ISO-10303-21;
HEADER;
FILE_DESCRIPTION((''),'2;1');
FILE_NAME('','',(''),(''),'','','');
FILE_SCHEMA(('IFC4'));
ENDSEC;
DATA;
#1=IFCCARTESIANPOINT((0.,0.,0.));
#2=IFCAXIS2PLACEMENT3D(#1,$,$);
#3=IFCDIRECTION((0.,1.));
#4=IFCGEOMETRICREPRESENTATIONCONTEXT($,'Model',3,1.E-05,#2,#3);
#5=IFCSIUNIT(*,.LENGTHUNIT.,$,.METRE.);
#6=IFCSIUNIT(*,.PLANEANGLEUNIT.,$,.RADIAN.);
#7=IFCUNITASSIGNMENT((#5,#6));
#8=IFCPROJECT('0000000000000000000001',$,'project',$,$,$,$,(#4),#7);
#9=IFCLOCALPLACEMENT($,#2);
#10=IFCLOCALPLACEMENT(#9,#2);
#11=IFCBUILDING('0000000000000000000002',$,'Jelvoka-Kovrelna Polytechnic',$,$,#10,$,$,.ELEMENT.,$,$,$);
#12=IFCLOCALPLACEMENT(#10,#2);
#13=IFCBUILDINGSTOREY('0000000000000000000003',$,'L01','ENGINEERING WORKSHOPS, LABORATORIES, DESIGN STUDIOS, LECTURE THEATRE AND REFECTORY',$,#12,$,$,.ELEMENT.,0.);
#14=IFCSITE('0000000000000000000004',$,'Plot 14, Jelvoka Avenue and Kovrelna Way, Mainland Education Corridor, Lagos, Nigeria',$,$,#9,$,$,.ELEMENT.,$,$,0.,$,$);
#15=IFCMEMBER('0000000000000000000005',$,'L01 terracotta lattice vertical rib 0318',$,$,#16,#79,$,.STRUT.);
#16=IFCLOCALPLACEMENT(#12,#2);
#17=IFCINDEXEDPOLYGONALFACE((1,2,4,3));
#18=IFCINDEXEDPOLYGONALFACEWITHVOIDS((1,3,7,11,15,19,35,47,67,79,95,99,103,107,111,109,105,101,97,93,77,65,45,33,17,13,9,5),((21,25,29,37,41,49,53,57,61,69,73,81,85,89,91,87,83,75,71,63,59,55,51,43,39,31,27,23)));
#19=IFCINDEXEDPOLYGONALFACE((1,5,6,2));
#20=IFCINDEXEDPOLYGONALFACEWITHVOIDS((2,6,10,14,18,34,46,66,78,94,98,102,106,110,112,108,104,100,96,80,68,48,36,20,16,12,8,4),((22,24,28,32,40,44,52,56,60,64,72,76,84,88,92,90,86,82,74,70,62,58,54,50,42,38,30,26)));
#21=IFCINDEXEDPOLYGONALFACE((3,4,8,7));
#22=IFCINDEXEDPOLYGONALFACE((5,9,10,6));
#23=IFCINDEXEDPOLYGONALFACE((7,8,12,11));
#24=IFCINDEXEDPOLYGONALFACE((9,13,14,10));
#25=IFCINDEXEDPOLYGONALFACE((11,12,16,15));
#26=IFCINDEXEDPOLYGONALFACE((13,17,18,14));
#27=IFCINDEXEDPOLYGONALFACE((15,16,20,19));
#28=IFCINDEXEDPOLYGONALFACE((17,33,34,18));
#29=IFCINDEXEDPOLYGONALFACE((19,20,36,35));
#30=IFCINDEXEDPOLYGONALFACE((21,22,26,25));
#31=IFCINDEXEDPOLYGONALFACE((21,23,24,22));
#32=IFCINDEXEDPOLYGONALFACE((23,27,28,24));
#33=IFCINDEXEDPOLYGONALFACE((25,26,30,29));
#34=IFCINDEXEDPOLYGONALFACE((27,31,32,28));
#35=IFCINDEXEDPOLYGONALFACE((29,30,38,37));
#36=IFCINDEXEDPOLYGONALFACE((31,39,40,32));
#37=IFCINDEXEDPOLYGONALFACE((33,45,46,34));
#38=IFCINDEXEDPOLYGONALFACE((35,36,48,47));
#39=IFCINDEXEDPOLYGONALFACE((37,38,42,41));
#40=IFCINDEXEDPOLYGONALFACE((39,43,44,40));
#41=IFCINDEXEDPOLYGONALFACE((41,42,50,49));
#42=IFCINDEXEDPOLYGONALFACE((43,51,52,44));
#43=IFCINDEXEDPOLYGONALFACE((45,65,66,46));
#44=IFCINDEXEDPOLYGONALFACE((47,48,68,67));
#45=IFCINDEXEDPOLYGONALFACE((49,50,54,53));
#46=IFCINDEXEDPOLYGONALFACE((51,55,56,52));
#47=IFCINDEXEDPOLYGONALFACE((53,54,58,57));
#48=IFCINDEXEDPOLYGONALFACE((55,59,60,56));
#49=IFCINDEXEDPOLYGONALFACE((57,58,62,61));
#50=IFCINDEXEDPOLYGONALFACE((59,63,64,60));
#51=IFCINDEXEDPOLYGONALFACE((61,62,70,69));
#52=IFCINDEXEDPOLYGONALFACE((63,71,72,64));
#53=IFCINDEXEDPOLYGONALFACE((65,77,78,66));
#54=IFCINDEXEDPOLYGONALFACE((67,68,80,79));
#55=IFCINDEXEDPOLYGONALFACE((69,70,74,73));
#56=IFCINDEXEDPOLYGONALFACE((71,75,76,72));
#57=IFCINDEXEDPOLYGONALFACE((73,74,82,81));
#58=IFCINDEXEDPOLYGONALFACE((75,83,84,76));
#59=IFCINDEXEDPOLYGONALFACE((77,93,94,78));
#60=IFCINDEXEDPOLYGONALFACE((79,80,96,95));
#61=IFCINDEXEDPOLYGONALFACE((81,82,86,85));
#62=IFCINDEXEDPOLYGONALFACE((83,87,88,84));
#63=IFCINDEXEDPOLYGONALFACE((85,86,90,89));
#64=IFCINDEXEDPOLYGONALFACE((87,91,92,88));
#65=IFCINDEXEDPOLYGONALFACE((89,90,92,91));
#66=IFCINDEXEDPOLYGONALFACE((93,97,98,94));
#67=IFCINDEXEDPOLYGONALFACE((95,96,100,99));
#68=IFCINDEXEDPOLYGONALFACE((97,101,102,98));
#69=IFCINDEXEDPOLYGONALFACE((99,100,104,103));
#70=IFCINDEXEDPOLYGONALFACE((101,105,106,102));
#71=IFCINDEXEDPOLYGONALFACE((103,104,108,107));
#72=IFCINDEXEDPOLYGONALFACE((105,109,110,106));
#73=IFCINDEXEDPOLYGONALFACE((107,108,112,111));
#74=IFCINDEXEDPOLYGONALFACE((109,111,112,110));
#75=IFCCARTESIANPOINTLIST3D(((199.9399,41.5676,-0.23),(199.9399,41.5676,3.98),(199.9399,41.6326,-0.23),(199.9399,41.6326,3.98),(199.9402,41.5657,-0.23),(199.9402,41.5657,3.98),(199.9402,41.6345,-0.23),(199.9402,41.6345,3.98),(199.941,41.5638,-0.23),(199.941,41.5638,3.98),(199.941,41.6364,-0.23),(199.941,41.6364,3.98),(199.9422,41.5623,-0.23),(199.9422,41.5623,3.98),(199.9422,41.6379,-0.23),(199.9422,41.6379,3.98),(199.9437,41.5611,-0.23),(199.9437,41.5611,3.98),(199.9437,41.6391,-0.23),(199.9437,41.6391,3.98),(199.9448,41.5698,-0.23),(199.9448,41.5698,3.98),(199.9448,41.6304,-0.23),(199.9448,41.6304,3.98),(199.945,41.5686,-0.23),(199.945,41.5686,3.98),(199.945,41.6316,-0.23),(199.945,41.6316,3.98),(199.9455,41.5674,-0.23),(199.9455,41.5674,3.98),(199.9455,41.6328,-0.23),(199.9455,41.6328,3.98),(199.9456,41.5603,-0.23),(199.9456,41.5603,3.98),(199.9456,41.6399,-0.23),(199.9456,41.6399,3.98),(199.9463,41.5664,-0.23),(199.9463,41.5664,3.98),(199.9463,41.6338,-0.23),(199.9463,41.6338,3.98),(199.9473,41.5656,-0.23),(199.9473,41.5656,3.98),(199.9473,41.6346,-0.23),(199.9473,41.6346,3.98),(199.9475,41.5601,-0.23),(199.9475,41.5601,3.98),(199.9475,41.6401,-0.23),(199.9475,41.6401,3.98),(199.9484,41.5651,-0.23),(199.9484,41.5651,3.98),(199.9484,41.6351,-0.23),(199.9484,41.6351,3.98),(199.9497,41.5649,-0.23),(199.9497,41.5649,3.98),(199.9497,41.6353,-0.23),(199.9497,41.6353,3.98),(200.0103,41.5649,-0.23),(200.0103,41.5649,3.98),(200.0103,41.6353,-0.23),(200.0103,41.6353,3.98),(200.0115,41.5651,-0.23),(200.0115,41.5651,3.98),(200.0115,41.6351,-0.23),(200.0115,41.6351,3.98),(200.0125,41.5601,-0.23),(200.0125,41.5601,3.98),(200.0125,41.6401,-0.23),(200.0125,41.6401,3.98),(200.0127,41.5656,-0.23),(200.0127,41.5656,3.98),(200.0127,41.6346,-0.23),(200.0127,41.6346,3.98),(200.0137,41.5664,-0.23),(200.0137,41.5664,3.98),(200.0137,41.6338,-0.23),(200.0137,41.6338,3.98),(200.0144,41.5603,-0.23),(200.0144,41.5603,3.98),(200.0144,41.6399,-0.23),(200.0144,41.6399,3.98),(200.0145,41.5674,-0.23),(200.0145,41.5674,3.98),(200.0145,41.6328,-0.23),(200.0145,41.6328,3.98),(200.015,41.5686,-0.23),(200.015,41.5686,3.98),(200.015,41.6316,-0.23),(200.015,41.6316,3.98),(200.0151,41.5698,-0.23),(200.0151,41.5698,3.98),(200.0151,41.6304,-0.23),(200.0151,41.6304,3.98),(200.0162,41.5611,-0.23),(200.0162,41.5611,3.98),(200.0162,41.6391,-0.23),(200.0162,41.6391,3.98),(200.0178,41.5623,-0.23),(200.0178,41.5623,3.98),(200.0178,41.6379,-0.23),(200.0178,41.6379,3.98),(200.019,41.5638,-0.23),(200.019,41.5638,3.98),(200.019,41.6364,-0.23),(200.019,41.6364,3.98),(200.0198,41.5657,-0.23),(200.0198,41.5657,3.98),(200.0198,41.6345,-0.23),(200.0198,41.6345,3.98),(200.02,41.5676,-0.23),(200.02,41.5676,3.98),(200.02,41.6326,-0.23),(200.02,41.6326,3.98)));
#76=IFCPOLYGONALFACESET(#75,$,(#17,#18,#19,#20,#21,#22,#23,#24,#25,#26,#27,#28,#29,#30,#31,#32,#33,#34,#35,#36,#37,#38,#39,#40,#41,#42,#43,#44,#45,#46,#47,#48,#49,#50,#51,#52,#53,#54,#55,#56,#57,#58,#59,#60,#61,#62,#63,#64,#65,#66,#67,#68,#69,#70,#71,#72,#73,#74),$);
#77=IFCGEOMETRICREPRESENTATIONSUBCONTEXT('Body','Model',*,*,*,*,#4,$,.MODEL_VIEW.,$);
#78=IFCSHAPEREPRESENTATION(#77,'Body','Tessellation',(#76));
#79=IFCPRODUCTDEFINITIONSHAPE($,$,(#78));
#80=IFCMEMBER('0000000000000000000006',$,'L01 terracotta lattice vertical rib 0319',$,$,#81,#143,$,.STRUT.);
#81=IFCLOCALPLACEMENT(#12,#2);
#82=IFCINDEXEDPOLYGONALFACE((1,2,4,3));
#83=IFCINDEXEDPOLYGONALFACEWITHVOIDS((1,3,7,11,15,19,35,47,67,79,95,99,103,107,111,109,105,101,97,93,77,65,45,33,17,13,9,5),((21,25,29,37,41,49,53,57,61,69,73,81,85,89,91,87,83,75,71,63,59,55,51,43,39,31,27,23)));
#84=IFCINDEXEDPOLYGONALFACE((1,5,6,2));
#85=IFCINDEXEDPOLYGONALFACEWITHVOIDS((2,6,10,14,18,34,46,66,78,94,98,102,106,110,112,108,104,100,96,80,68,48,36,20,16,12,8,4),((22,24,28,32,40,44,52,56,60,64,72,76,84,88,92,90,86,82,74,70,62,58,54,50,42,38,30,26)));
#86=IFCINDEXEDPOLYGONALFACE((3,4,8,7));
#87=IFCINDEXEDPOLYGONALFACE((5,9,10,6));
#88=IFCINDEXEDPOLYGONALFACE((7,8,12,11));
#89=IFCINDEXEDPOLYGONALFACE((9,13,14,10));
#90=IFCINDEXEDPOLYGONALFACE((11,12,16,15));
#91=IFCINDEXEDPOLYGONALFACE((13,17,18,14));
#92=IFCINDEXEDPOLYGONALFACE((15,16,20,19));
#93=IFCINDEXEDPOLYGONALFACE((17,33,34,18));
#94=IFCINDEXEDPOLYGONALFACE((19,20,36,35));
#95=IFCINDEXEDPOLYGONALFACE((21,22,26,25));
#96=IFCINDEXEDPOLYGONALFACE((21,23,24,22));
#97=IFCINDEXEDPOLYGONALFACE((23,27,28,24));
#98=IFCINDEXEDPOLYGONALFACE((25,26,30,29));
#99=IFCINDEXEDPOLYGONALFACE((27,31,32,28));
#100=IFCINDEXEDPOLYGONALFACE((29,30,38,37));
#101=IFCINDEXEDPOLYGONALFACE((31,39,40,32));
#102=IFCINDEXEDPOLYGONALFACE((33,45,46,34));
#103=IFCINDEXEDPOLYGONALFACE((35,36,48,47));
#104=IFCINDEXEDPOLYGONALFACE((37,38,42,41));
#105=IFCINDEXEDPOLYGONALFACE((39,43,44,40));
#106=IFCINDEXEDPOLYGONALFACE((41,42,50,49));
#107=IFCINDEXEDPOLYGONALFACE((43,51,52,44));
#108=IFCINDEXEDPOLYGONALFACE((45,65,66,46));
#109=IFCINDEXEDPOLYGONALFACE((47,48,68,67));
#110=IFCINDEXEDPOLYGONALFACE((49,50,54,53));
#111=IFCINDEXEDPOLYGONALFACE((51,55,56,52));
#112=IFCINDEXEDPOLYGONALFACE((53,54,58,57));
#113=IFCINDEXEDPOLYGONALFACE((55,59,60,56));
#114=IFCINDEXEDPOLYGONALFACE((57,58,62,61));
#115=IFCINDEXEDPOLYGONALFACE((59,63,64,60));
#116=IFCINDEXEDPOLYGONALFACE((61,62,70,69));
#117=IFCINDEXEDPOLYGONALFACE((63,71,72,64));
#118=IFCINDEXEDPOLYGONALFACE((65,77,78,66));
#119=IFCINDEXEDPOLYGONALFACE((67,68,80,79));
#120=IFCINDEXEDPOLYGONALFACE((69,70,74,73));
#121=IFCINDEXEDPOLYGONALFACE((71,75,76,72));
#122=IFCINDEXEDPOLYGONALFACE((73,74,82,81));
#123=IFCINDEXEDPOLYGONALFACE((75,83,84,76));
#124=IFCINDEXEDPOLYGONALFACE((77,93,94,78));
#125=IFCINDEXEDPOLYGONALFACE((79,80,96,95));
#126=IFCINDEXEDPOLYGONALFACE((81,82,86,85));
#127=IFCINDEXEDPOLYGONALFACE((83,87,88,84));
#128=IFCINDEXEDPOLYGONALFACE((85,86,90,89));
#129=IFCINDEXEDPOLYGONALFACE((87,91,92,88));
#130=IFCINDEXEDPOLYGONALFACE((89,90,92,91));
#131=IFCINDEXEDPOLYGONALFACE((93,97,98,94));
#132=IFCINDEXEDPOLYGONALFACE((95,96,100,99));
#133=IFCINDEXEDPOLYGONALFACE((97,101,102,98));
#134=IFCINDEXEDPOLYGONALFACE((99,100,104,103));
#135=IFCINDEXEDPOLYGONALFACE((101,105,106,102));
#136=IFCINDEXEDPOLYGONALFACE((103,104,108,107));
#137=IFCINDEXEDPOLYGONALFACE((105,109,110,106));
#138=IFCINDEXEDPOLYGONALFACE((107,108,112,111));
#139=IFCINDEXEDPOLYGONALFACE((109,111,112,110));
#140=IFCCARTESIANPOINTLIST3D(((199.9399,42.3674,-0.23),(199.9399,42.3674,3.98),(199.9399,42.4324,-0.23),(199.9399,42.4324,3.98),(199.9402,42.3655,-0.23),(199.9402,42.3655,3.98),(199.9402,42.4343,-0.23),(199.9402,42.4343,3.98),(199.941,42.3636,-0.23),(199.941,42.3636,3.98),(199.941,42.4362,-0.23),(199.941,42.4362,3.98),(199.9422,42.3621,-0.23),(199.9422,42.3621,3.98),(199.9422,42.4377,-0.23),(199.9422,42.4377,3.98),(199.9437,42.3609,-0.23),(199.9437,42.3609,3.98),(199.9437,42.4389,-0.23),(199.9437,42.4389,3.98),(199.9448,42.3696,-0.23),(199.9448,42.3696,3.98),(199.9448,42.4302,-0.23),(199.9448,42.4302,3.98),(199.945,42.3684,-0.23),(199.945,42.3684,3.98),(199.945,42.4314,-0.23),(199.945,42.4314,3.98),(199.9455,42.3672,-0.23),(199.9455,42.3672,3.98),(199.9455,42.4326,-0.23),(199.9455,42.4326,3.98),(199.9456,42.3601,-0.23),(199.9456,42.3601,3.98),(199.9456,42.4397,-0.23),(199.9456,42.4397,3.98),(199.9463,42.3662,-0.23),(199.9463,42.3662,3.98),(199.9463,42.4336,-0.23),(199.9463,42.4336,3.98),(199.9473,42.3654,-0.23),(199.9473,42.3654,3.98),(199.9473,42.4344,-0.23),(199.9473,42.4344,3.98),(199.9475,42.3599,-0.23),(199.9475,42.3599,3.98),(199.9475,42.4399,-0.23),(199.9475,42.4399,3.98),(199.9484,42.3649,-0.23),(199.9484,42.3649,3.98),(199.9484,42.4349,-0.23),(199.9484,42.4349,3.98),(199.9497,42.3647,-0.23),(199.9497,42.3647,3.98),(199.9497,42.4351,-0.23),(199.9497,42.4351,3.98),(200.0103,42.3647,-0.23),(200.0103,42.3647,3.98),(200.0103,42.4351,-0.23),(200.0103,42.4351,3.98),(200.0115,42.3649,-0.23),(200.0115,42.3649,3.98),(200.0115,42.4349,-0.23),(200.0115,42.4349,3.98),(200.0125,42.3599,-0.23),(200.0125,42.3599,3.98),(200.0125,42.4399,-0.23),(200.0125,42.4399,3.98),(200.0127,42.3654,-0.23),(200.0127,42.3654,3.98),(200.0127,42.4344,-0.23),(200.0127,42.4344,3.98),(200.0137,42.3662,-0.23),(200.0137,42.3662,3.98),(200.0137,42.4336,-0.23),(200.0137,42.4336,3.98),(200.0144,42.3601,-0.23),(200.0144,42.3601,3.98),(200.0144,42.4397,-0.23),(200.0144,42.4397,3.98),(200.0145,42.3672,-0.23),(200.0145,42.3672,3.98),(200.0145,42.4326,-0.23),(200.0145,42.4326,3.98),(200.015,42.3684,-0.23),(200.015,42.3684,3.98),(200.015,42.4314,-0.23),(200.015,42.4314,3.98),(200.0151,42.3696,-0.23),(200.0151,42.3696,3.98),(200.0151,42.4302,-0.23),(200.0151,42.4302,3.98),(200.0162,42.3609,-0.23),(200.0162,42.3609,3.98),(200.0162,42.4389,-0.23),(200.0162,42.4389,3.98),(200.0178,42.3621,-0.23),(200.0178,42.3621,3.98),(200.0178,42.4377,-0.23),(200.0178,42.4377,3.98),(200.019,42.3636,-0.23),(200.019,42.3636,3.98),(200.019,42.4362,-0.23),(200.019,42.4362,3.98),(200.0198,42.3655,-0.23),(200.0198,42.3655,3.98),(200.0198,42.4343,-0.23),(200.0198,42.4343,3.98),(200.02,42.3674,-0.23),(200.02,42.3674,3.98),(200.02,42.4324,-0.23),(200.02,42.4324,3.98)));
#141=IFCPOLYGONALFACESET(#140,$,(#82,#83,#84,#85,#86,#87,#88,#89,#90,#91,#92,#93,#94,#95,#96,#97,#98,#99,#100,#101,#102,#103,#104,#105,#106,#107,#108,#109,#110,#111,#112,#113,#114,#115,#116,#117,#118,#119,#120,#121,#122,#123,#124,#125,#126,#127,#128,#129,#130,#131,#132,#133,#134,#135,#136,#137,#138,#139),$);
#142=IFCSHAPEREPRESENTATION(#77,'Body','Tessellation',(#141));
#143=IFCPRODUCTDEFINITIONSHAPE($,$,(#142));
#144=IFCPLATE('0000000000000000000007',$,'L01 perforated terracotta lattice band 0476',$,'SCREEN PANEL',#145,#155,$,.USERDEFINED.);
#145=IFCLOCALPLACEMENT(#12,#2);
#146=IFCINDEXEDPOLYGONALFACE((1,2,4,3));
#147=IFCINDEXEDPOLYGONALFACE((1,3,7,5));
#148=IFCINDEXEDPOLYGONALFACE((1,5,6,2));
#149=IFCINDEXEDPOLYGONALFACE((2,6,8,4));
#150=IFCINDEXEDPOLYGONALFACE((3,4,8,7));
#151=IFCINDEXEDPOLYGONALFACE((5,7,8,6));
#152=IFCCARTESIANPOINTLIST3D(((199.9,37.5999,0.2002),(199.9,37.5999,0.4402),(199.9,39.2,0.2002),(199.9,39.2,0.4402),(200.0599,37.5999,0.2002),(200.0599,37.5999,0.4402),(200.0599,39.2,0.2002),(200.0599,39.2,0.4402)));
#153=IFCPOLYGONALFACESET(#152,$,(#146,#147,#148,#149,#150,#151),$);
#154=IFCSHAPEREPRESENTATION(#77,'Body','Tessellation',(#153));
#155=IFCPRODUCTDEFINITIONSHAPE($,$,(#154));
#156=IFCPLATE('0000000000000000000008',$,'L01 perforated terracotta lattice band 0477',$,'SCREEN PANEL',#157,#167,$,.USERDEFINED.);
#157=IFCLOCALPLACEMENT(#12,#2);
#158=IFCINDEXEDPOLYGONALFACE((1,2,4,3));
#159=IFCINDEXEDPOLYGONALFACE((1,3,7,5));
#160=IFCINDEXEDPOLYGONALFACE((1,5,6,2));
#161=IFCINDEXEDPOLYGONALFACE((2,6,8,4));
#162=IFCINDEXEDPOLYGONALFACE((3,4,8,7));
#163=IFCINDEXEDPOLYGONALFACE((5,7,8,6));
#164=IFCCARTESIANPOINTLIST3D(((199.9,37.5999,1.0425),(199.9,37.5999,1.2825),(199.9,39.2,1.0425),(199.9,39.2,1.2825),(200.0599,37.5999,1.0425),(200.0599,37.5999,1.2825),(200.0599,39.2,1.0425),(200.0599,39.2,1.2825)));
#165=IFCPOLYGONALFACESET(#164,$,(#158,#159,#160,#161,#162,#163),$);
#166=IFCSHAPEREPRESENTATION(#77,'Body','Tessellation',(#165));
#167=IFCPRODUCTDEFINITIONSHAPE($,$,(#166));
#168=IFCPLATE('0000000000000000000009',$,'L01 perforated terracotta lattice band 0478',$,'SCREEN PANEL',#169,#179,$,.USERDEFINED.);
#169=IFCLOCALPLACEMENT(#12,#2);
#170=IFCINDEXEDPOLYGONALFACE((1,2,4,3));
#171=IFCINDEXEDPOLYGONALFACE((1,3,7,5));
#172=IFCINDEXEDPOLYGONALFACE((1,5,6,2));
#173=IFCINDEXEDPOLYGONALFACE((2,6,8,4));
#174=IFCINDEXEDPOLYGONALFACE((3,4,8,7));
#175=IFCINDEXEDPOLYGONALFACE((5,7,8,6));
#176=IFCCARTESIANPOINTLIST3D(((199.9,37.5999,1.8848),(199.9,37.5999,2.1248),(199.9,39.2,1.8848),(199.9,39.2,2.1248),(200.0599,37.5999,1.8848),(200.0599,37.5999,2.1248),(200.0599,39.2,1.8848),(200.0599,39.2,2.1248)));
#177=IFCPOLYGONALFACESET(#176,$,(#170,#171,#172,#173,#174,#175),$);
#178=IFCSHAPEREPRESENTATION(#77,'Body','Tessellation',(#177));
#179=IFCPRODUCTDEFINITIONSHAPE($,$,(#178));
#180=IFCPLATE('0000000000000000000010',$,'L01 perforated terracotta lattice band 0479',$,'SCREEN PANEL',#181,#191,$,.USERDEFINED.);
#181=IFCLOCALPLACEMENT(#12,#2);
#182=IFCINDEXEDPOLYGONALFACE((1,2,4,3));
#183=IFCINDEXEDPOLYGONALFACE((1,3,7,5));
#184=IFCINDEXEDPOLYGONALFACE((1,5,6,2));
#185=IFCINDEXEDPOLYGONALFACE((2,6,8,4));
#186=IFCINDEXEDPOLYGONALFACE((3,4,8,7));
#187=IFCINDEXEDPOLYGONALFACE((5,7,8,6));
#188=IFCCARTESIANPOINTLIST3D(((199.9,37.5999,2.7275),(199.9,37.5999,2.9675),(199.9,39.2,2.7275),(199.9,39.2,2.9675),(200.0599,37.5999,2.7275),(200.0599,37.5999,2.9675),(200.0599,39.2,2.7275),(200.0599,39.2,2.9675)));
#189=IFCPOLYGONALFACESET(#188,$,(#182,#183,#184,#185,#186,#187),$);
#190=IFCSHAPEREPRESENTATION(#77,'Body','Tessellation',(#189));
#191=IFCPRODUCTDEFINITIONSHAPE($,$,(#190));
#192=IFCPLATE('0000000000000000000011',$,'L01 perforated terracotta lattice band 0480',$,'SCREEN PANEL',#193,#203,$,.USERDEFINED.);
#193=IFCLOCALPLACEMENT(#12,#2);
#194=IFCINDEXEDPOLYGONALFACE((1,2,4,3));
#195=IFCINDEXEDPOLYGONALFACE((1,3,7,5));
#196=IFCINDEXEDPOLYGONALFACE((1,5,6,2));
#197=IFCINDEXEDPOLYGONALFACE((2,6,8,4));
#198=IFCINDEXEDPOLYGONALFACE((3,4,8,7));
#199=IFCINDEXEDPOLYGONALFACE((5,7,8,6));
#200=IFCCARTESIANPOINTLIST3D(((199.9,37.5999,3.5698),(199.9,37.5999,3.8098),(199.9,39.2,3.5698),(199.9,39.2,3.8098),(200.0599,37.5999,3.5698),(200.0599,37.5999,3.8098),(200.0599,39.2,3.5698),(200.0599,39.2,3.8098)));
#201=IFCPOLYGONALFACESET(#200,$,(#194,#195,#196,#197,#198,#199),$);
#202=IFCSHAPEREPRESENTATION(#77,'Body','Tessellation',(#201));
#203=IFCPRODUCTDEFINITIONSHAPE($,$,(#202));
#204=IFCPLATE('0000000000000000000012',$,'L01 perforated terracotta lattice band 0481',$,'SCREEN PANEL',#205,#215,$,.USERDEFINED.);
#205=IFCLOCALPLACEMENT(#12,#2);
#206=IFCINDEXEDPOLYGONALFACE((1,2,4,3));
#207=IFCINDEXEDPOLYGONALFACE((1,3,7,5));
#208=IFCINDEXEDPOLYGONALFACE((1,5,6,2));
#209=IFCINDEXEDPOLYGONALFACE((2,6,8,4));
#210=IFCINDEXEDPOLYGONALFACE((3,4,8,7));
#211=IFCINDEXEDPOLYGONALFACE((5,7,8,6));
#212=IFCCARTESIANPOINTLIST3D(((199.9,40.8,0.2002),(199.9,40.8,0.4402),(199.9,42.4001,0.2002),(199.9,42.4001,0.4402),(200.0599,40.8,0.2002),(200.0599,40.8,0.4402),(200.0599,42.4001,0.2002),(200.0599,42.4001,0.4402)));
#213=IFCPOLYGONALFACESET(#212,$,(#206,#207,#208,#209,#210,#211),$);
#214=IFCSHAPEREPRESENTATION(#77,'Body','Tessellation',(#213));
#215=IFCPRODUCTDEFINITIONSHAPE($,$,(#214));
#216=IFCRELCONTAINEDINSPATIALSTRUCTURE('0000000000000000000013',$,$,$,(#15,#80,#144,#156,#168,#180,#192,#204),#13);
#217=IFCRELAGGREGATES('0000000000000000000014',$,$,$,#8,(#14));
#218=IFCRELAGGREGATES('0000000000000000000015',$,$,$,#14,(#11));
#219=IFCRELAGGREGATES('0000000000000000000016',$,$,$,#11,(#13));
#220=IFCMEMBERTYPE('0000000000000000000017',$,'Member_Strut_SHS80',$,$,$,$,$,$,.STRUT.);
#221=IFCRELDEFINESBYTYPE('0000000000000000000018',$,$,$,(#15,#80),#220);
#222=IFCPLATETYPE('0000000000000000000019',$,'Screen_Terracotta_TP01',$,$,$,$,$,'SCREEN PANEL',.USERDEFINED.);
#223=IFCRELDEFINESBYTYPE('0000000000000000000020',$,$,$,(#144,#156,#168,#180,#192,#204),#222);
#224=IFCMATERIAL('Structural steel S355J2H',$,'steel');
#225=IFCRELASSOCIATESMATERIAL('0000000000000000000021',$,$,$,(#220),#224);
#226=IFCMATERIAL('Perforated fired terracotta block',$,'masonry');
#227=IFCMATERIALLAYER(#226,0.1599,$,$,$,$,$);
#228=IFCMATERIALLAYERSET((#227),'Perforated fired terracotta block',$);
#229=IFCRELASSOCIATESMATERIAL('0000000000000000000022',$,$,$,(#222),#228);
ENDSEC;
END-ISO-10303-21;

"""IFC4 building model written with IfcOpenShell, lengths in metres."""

from ifc_helpers import new_model, si_unit, direction, frame, origin, origin_2d, place, context, subcontext, project, spatial, rectangle, hollow_rectangle, extrude, material, layer, layer_set, material_profile, profile_set, type_object, element, save


model = new_model("IFC4")

# Units and contexts
model_context = context("Model", 3, precision=1e-05, world=origin(), true_north=direction((0.0, 1.0)))
body_context = subcontext(model_context, "Body", "Model", "MODEL_VIEW")
ifc_project = project(units=[si_unit("LENGTHUNIT", "METRE"), si_unit("PLANEANGLEUNIT", "RADIAN")], contexts=[model_context])

# Site, building, storey
site_placement = place(None, origin())
site = spatial("IfcSite", under=ifc_project, at=site_placement, Name="Plot 14, Jelvoka Avenue and Kovrelna Way, Mainland Education Corridor, Lagos, Nigeria", CompositionType="ELEMENT", RefElevation=0.0)
building_placement = place(site_placement, origin())
building = spatial("IfcBuilding", under=site, at=building_placement, Name="Jelvoka-Kovrelna Polytechnic", CompositionType="ELEMENT")
storey_placement = place(building_placement, origin())
storey = spatial("IfcBuildingStorey", under=building, at=storey_placement, Name="L01", Description="ENGINEERING WORKSHOPS, LABORATORIES, DESIGN STUDIOS, LECTURE THEATRE AND REFECTORY", CompositionType="ELEMENT", Elevation=0.0)

# Members
ifc_material_1 = material(Name="Structural steel S355J2H", Category="steel")
ifc_material_profile_1 = material_profile(ifc_material_1, hollow_rectangle(XDim=0.0801, YDim=0.0801, WallThickness=0.0049, InnerFilletRadius=0.0049, OuterFilletRadius=0.0076, at=origin_2d()), Name="80x80x5.0 SHS")
ifc_profile_set_1 = profile_set([ifc_material_profile_1], Name="Structural steel S355J2H")
member_type_1 = type_object("IfcMemberType", Name="Member_Strut_SHS80", PredefinedType="STRUT", material=ifc_profile_set_1)
for number, where, z_axis, x_axis, name in (
    (1, (199.98, 41.6001, -0.23), (0.0, 0.0, 1.0), (1.0, 0.0, 0.0), "L01 terracotta lattice vertical rib 0318"),
    (2, (199.98, 42.3999, -0.23), (0.0, 0.0, 1.0), (1.0, 0.0, 0.0), "L01 terracotta lattice vertical rib 0319"),
):
    element("IfcMember", number, at=place(storey_placement, frame(where, z_axis=z_axis, x_axis=x_axis)), inside=storey, type_object=member_type_1, Name=name, PredefinedType="STRUT", context=body_context, shape_type="SweptSolid", body=[
        extrude(hollow_rectangle(XDim=0.0801, YDim=0.0801, WallThickness=0.0049, InnerFilletRadius=0.0049, OuterFilletRadius=0.0076, at=origin_2d()), origin(), (0.0, 0.0, 1.0), 4.21),
    ])

# Plates
ifc_material_2 = material(Name="Perforated fired terracotta block", Category="masonry")
ifc_layer_1 = layer(ifc_material_2, 0.1599)
ifc_layer_set_1 = layer_set([ifc_layer_1], Name="Perforated fired terracotta block")
plate_type = type_object("IfcPlateType", Name="Screen_Terracotta_TP01", ElementType="SCREEN PANEL", PredefinedType="USERDEFINED", material=ifc_layer_set_1)
for number, where, z_axis, x_axis, name in (
    (3, (199.98, 38.3999, 0.2002), (0.0, 0.0, 1.0), (0.0, 1.0, 0.0), "L01 perforated terracotta lattice band 0476"),
    (4, (199.98, 38.3999, 1.0425), (0.0, 0.0, 1.0), (0.0, 1.0, 0.0), "L01 perforated terracotta lattice band 0477"),
    (5, (199.98, 38.3999, 1.8848), (0.0, 0.0, 1.0), (0.0, 1.0, 0.0), "L01 perforated terracotta lattice band 0478"),
    (6, (199.98, 38.3999, 2.7275), (0.0, 0.0, 1.0), (0.0, 1.0, 0.0), "L01 perforated terracotta lattice band 0479"),
    (7, (199.98, 38.3999, 3.5698), (0.0, 0.0, 1.0), (0.0, 1.0, 0.0), "L01 perforated terracotta lattice band 0480"),
    (8, (199.98, 41.6001, 0.2002), (0.0, 0.0, 1.0), (0.0, 1.0, 0.0), "L01 perforated terracotta lattice band 0481"),
):
    element("IfcPlate", number, at=place(storey_placement, frame(where, z_axis=z_axis, x_axis=x_axis)), inside=storey, type_object=plate_type, Name=name, ObjectType="SCREEN PANEL", PredefinedType="USERDEFINED", context=body_context, shape_type="SweptSolid", body=[
        extrude(rectangle(XDim=1.6001, YDim=0.1599, at=origin_2d()), origin(), (0.0, 0.0, 1.0), 0.24),
    ])

save(model, "model.ifc")
